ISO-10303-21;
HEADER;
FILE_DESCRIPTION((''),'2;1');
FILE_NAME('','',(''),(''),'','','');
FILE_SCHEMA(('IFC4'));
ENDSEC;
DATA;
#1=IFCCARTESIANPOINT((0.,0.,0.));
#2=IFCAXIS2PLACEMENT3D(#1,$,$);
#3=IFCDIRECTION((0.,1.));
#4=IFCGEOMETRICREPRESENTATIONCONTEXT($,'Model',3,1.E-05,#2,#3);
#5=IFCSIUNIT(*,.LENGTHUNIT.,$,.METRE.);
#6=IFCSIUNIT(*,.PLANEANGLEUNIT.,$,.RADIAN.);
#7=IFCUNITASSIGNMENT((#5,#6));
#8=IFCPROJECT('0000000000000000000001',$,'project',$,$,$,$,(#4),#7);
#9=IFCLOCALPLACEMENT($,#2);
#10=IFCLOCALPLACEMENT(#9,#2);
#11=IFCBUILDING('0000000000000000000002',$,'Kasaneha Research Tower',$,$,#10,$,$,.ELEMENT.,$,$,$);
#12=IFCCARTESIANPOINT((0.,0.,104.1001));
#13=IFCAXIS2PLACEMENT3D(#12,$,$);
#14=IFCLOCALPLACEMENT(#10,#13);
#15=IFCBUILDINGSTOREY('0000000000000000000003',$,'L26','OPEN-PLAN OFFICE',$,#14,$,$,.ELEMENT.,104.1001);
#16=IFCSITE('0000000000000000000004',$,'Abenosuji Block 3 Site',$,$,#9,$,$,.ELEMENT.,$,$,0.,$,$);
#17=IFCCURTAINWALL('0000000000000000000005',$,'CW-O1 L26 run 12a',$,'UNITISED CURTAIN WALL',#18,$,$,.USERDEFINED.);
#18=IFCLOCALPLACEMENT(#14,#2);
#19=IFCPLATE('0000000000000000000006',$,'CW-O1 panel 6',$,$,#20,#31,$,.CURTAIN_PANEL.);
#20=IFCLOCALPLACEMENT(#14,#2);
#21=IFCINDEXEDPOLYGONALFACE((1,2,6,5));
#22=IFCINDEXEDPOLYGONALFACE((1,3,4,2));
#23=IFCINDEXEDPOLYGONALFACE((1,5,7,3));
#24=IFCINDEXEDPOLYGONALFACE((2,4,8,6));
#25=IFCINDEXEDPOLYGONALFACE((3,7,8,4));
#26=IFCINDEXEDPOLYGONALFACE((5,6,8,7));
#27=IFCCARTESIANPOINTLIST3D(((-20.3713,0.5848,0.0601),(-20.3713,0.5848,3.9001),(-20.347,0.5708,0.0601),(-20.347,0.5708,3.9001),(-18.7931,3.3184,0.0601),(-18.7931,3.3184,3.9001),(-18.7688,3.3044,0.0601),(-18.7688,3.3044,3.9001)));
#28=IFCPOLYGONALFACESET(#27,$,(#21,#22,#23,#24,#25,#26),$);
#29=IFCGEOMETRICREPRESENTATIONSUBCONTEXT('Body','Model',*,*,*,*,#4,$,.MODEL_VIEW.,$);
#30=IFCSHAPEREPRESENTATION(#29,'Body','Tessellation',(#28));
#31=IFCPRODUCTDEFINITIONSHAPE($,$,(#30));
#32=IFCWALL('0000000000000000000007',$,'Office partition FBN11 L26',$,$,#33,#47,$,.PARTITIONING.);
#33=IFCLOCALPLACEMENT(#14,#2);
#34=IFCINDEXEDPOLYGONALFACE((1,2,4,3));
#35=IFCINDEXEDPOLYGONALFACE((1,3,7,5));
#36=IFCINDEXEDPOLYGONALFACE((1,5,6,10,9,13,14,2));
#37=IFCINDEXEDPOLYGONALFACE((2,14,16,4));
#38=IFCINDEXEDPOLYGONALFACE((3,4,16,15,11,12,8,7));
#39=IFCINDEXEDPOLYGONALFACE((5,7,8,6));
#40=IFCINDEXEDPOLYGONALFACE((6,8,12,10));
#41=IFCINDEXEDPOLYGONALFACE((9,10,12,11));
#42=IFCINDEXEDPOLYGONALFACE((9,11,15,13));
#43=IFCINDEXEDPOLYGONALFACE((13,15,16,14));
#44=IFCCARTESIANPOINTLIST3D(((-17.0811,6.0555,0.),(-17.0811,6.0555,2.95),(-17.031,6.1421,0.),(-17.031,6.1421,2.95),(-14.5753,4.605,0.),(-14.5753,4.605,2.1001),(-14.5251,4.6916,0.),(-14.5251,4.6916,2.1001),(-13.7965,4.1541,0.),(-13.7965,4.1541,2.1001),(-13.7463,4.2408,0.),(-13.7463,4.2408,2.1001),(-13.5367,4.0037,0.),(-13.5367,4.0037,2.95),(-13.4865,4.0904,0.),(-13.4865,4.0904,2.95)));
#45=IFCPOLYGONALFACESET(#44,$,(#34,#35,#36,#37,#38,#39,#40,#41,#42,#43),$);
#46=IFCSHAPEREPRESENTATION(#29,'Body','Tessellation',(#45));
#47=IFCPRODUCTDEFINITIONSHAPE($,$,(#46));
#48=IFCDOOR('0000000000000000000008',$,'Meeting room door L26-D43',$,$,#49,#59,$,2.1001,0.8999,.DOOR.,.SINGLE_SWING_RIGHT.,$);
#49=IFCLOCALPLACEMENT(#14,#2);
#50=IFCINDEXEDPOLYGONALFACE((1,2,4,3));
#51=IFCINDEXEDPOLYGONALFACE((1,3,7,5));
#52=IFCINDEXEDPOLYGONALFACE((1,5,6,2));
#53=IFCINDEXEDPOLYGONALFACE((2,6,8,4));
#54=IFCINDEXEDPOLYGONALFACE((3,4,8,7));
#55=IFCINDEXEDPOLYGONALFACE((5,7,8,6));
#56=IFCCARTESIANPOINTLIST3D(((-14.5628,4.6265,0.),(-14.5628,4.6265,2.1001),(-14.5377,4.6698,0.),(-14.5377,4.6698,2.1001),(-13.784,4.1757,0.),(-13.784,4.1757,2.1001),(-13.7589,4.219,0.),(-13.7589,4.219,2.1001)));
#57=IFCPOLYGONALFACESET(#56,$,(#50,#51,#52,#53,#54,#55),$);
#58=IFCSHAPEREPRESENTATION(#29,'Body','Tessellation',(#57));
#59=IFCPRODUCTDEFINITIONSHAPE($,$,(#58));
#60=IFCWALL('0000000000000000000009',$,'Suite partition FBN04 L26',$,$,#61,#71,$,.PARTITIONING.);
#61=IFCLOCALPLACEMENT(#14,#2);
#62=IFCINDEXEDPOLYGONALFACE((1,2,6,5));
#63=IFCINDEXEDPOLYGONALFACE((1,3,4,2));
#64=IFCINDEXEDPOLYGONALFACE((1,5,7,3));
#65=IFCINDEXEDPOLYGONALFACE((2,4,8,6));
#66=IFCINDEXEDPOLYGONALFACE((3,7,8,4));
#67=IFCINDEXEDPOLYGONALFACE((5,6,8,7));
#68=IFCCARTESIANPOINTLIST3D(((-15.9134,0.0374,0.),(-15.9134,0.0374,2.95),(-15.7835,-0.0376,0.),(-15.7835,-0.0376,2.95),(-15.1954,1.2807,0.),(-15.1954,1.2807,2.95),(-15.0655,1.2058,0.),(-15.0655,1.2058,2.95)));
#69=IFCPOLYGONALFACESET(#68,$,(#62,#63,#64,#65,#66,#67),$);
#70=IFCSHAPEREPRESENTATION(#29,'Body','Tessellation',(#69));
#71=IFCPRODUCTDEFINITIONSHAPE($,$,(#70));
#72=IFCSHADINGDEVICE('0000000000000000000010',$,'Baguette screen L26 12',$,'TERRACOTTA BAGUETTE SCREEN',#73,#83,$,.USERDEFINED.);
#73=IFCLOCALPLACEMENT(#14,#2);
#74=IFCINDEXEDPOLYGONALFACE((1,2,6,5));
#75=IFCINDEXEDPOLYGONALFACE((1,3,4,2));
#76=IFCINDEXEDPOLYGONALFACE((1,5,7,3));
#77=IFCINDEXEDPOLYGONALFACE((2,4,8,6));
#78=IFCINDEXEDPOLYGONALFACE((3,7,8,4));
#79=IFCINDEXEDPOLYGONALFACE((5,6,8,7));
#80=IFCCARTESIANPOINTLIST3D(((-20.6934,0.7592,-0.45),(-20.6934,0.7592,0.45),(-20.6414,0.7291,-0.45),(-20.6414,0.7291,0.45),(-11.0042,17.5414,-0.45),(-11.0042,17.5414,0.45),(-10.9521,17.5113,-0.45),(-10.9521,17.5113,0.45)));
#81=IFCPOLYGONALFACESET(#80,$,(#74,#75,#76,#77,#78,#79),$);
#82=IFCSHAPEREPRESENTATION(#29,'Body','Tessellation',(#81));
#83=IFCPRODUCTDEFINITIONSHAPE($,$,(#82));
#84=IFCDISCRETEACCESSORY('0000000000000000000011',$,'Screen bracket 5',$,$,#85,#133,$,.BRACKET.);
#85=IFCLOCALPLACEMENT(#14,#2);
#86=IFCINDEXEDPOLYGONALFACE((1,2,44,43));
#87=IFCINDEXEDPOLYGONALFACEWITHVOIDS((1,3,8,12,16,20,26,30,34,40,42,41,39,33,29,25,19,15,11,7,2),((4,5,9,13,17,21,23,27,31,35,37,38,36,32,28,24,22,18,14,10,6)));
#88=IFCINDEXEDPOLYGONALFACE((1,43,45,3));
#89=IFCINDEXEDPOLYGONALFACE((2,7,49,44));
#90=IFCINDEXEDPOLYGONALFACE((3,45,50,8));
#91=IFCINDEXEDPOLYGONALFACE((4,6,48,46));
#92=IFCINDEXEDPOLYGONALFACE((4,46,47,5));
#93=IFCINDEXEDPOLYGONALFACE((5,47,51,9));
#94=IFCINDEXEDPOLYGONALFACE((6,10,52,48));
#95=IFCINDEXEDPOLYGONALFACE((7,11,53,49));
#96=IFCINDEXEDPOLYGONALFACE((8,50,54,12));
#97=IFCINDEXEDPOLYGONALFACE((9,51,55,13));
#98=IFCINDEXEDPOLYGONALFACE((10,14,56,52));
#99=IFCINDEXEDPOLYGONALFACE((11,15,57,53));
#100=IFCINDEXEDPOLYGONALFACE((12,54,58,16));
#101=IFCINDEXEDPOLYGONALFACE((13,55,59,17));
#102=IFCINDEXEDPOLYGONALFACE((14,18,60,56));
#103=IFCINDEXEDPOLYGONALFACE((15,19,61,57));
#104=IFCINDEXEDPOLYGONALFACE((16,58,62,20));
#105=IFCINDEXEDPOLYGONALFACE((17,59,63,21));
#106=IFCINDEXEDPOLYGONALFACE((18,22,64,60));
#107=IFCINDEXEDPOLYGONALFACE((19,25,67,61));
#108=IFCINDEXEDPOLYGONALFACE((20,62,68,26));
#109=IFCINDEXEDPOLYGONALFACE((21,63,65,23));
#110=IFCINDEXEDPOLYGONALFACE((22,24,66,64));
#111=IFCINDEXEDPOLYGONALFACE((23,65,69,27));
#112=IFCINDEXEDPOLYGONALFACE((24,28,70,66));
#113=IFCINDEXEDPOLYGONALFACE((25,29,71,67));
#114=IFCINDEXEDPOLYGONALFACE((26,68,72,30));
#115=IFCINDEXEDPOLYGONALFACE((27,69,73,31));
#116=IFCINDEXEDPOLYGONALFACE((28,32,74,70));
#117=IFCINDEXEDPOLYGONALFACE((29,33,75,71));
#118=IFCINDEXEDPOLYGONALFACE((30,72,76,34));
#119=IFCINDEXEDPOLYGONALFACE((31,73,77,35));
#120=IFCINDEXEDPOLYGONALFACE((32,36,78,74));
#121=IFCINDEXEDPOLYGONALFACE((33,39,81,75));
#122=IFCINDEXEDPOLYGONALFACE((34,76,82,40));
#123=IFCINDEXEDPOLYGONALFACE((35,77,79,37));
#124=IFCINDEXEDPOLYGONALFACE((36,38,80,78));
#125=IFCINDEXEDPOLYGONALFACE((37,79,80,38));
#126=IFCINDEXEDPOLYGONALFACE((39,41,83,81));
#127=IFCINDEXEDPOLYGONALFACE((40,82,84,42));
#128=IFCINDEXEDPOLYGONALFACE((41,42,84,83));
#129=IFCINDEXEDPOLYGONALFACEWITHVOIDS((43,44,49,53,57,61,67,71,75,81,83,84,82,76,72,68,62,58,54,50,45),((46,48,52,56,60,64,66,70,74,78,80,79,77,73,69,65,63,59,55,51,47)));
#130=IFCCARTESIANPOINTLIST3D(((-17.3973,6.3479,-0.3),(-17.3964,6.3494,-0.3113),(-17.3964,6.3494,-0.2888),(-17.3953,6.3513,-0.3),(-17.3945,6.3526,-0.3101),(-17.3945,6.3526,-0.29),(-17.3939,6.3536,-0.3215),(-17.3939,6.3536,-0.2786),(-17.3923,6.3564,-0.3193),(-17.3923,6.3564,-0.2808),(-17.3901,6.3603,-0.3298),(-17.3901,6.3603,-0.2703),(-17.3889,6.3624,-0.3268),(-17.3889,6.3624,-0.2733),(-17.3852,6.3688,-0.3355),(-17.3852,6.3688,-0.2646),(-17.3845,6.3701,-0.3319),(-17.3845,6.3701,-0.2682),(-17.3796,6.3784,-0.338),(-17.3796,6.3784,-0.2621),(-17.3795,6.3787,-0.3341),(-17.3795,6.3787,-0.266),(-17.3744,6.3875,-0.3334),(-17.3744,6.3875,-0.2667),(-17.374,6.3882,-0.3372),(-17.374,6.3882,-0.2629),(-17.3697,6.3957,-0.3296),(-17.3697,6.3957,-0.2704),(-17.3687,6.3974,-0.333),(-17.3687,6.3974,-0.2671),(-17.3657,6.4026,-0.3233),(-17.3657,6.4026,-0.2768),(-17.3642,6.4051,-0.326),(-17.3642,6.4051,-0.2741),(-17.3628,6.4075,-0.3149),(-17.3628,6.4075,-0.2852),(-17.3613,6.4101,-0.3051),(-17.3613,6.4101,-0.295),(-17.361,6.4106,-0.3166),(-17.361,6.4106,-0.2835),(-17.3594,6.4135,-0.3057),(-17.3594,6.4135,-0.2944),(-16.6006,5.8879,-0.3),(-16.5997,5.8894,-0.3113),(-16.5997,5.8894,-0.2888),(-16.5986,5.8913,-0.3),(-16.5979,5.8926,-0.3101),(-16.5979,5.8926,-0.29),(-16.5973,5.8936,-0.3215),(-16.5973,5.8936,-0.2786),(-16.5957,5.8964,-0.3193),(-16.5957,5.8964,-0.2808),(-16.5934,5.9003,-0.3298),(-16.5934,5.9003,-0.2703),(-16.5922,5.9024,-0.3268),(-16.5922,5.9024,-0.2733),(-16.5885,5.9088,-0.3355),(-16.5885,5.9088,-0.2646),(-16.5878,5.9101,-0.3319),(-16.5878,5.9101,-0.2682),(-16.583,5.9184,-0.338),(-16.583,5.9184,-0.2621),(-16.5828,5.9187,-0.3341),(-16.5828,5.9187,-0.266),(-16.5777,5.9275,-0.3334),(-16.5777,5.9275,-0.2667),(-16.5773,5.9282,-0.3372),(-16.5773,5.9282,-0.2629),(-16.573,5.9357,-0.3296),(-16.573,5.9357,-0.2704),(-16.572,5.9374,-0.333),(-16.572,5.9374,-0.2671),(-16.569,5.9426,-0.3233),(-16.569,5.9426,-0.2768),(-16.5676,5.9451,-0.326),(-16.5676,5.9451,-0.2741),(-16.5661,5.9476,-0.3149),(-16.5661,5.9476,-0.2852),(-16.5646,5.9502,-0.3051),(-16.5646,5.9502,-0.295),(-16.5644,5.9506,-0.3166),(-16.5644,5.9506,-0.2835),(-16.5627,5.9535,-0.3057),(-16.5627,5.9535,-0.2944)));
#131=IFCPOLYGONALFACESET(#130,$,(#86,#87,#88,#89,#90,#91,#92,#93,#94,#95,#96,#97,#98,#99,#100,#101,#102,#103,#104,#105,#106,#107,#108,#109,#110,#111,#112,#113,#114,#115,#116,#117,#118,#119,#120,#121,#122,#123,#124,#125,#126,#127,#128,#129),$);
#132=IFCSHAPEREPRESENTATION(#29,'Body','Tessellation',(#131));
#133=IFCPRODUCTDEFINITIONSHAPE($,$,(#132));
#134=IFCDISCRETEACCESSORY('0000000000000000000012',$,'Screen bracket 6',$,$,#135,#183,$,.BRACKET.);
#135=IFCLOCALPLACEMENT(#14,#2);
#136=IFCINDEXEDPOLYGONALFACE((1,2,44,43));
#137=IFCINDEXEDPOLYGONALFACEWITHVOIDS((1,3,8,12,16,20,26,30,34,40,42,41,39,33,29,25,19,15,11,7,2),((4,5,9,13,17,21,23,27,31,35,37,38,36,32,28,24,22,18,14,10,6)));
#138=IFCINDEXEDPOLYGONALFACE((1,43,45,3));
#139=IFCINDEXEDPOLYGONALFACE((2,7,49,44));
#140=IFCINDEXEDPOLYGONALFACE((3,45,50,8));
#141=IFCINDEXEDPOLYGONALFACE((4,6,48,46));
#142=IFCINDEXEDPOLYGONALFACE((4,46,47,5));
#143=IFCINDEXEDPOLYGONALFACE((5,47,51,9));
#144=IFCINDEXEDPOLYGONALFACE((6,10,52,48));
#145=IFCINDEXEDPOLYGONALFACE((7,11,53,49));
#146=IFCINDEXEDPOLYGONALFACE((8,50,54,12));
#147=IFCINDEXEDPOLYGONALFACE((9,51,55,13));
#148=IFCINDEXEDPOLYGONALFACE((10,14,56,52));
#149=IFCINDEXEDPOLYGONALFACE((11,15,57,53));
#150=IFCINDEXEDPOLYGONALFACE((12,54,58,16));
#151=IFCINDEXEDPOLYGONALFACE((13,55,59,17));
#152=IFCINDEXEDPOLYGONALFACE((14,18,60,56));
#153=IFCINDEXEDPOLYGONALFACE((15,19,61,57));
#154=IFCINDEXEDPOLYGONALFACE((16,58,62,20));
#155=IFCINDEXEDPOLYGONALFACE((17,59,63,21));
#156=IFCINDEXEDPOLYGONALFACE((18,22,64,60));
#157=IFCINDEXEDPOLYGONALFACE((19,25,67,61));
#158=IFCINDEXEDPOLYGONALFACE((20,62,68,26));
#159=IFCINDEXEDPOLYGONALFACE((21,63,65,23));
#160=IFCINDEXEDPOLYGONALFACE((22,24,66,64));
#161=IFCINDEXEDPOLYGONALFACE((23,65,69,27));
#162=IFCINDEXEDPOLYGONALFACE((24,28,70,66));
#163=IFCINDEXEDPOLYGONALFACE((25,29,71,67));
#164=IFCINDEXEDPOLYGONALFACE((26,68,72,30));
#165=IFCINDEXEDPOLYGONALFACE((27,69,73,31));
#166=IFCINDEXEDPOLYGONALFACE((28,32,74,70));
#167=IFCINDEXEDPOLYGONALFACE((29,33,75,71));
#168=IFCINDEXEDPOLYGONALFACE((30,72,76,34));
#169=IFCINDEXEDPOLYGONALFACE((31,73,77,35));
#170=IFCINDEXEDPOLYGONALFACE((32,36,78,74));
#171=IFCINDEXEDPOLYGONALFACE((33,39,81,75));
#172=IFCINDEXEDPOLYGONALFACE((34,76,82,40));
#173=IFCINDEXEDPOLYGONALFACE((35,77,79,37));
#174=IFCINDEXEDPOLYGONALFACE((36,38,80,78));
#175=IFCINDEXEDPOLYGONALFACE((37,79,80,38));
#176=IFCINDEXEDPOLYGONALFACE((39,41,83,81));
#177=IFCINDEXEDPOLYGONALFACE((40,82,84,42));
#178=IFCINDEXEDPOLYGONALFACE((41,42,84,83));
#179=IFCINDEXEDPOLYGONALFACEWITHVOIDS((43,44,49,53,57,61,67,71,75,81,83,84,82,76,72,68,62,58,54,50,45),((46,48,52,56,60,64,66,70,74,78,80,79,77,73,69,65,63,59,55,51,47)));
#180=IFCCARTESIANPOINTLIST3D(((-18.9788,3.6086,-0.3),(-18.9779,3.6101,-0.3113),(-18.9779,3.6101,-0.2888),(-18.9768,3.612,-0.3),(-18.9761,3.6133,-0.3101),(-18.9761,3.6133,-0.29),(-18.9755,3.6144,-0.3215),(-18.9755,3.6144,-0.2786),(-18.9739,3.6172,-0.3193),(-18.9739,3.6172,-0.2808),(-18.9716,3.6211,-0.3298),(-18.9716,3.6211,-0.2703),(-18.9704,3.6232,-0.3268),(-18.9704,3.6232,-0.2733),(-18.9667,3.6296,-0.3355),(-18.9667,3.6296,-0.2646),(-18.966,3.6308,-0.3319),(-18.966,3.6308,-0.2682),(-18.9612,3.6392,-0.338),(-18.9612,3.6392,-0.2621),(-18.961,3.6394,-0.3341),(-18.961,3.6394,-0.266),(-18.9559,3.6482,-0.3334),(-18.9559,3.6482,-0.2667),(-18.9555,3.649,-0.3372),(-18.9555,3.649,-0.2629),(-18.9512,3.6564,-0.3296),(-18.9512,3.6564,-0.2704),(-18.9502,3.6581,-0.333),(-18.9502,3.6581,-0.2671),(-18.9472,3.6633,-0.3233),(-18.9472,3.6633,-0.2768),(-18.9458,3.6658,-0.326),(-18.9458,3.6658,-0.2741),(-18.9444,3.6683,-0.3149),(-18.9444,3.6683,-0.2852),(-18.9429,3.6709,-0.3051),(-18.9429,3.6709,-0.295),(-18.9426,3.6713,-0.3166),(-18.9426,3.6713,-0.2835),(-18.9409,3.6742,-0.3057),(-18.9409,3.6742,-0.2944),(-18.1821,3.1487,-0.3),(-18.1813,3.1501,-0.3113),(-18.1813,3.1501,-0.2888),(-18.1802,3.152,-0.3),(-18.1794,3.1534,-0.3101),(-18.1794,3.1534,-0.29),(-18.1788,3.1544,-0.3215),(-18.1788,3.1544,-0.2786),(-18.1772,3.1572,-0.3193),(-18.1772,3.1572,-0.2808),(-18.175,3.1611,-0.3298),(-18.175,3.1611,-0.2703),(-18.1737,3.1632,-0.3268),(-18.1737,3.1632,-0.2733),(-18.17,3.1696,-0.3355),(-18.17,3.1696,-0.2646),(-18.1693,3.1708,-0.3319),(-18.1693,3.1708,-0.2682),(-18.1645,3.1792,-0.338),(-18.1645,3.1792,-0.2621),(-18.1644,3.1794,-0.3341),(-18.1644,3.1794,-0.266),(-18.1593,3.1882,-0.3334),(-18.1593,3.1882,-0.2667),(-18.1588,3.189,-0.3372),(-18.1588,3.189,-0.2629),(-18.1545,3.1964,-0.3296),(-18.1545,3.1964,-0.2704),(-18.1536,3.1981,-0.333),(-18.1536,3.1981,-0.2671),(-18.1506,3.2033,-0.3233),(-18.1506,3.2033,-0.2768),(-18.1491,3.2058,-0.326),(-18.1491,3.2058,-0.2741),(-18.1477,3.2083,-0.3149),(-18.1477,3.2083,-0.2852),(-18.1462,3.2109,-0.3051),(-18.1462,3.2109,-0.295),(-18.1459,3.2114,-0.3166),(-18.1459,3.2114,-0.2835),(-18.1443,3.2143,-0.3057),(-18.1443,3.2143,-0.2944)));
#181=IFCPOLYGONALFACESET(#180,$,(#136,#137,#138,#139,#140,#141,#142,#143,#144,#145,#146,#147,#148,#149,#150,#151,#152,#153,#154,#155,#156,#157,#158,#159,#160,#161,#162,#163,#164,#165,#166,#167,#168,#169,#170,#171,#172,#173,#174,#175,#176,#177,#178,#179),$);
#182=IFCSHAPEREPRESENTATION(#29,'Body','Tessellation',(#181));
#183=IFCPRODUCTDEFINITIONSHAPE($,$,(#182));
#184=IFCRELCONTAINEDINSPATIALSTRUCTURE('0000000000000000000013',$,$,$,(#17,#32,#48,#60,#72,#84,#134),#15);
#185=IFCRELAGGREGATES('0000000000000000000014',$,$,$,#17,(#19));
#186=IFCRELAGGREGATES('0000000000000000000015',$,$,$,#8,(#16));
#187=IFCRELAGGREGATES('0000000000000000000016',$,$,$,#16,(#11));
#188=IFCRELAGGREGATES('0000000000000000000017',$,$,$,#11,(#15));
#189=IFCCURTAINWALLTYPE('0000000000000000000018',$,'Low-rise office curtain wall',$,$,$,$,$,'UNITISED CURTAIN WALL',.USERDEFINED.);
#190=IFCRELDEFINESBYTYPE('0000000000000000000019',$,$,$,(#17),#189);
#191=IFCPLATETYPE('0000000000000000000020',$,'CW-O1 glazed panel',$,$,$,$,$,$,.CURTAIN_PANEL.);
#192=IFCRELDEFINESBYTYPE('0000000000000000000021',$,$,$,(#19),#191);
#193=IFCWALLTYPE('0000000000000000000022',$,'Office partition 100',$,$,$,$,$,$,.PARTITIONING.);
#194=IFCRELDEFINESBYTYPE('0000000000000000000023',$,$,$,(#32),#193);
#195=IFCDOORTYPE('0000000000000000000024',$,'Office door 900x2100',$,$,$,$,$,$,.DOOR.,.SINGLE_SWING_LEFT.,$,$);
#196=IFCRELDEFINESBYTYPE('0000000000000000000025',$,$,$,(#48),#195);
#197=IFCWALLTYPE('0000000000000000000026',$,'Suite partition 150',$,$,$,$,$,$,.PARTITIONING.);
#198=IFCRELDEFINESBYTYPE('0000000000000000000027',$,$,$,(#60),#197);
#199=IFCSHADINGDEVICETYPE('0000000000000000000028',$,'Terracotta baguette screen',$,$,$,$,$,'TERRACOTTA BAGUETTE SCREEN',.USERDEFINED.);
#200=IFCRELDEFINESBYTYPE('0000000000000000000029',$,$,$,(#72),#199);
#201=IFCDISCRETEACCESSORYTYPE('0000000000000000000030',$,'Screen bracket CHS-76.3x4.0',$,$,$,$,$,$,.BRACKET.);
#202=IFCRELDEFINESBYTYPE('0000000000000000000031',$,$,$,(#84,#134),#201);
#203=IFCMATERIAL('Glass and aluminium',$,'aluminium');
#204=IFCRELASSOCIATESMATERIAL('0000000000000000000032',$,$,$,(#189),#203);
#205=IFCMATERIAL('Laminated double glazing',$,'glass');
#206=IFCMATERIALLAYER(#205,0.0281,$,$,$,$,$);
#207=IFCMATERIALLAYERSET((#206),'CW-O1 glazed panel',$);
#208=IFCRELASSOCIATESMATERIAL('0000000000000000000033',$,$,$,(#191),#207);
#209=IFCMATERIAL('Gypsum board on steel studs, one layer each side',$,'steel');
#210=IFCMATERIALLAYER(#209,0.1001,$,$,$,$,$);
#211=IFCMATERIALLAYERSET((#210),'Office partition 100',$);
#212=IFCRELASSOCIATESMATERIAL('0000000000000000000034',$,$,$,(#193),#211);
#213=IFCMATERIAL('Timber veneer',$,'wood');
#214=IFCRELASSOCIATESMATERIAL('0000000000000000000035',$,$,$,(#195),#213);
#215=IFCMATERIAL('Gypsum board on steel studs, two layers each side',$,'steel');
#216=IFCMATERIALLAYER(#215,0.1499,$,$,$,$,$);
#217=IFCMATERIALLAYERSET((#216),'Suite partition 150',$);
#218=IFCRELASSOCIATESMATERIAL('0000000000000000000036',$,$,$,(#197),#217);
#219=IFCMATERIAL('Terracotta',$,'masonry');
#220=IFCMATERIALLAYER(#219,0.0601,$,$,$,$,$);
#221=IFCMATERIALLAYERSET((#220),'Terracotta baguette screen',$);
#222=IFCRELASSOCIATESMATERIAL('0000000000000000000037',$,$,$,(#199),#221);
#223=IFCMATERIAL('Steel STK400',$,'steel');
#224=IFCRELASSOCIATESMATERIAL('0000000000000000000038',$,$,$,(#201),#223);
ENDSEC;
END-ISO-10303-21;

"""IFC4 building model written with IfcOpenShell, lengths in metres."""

from ifc_helpers import new_model, si_unit, direction, frame, frame_2d, origin, origin_2d, place, context, subcontext, project, spatial, rectangle, hollow_circle, extrude, material, layer, layer_set, material_profile, profile_set, type_object, element, fill, aggregate, save


model = new_model("IFC4")

# Units and contexts
model_context = context("Model", 3, precision=1e-05, world=origin(), true_north=direction((0.0, 1.0)))
body_context = subcontext(model_context, "Body", "Model", "MODEL_VIEW")
ifc_project = project(units=[si_unit("LENGTHUNIT", "METRE"), si_unit("PLANEANGLEUNIT", "RADIAN")], contexts=[model_context])

# Site, building, storey
site_placement = place(None, origin())
site = spatial("IfcSite", under=ifc_project, at=site_placement, Name="Abenosuji Block 3 Site", CompositionType="ELEMENT", RefElevation=0.0)
building_placement = place(site_placement, origin())
building = spatial("IfcBuilding", under=site, at=building_placement, Name="Kasaneha Research Tower", CompositionType="ELEMENT")
storey_placement = place(building_placement, frame((0.0, 0.0, 104.1001)))
storey = spatial("IfcBuildingStorey", under=building, at=storey_placement, Name="L26", Description="OPEN-PLAN OFFICE", CompositionType="ELEMENT", Elevation=104.1001)

# Curtain wall
ifc_material_1 = material(Name="Glass and aluminium", Category="aluminium")
curtain_wall_type = type_object("IfcCurtainWallType", Name="Low-rise office curtain wall", ElementType="UNITISED CURTAIN WALL", PredefinedType="USERDEFINED", material=ifc_material_1)
curtain_wall_1_placement = place(storey_placement, origin())
curtain_wall_1 = element("IfcCurtainWall", 1, at=curtain_wall_1_placement, inside=storey, type_object=curtain_wall_type, Name="CW-O1 L26 run 12a", ObjectType="UNITISED CURTAIN WALL", PredefinedType="USERDEFINED")

# Plate
ifc_material_2 = material(Name="Laminated double glazing", Category="glass")
ifc_layer_1 = layer(ifc_material_2, 0.0281)
ifc_layer_set_1 = layer_set([ifc_layer_1], Name="CW-O1 glazed panel")
plate_type = type_object("IfcPlateType", Name="CW-O1 glazed panel", PredefinedType="CURTAIN_PANEL", material=ifc_layer_set_1)
plate_1_placement = place(storey_placement, frame((-19.5701, 1.9446, 0.0601), z_axis=(0.0, 0.0, 1.0), x_axis=(-0.5, -0.866025, 0.0)))
plate_1 = element("IfcPlate", 2, at=plate_1_placement, type_object=plate_type, Name="CW-O1 panel 6", PredefinedType="CURTAIN_PANEL", context=body_context, shape_type="SweptSolid", body=[
    extrude(rectangle(XDim=3.1565, YDim=0.0281, at=origin_2d()), origin(), (0.0, 0.0, 1.0), 3.8401),
])
aggregate(curtain_wall_1, [plate_1])

# Wall, opening, door
ifc_material_3 = material(Name="Gypsum board on steel studs, one layer each side", Category="steel")
ifc_layer_2 = layer(ifc_material_3, 0.1001)
ifc_layer_set_2 = layer_set([ifc_layer_2], Name="Office partition 100")
wall_type_1 = type_object("IfcWallType", Name="Office partition 100", PredefinedType="PARTITIONING", material=ifc_layer_set_2)
wall_1_placement = place(storey_placement, frame((-17.0562, 6.0989, 0.0), z_axis=(0.0, 0.0, 1.0), x_axis=(0.865456, -0.500985, 0.0)))
wall_1 = element("IfcWall", 3, at=wall_1_placement, inside=storey, type_object=wall_type_1, Name="Office partition FBN11 L26", PredefinedType="PARTITIONING", context=body_context, shape_type="SweptSolid", body=[
    extrude(rectangle(XDim=4.0955, YDim=0.1001, at=frame_2d((2.0479, 0.0))), origin(), (0.0, 0.0, 1.0), 2.95),
])
opening_placement = place(wall_1_placement, frame((2.8955, 0.0, 0.0)))
opening = element("IfcOpeningElement", 4, at=opening_placement, cuts=wall_1, PredefinedType="OPENING", context=body_context, shape_type="SweptSolid", body=[
    extrude(rectangle(XDim=0.8999, YDim=2.1001, at=frame_2d((0.45, 1.05))), frame((0.0, 0.0601, 0.0), z_axis=(0.0, -1.0, 0.0), x_axis=(1.0, 0.0, 0.0)), (0.0, 0.0, 1.0), 0.1201),
])
ifc_material_4 = material(Name="Timber veneer", Category="wood")
door_type = type_object("IfcDoorType", Name="Office door 900x2100", OperationType="SINGLE_SWING_LEFT", PredefinedType="DOOR", material=ifc_material_4)
door_placement = place(opening_placement, origin())
door = element("IfcDoor", 5, at=door_placement, inside=storey, type_object=door_type, Name="Meeting room door L26-D43", OperationType="SINGLE_SWING_RIGHT", OverallHeight=2.1001, OverallWidth=0.8999, PredefinedType="DOOR", context=body_context, shape_type="SweptSolid", body=[
    extrude(rectangle(XDim=0.8999, YDim=2.1001, at=frame_2d((0.45, 1.05))), frame((0.0, 0.0249, 0.0), z_axis=(0.0, -1.0, 0.0), x_axis=(1.0, 0.0, 0.0)), (0.0, 0.0, 1.0), 0.05),
])
fill(opening, door)

# Wall
ifc_material_5 = material(Name="Gypsum board on steel studs, two layers each side", Category="steel")
ifc_layer_3 = layer(ifc_material_5, 0.1499)
ifc_layer_set_3 = layer_set([ifc_layer_3], Name="Suite partition 150")
wall_type_2 = type_object("IfcWallType", Name="Suite partition 150", PredefinedType="PARTITIONING", material=ifc_layer_set_3)
wall_2_placement = place(storey_placement, frame((-15.8484, 0.0, 0.0), z_axis=(0.0, 0.0, 1.0), x_axis=(0.500071, 0.865985, 0.0)))
element("IfcWall", 6, at=wall_2_placement, inside=storey, type_object=wall_type_2, Name="Suite partition FBN04 L26", PredefinedType="PARTITIONING", context=body_context, shape_type="SweptSolid", body=[
    extrude(rectangle(XDim=1.4358, YDim=0.1499, at=frame_2d((0.7178, 0.0))), origin(), (0.0, 0.0, 1.0), 2.95),
])

# Shading device
ifc_material_6 = material(Name="Terracotta", Category="masonry")
ifc_layer_4 = layer(ifc_material_6, 0.0601)
ifc_layer_set_4 = layer_set([ifc_layer_4], Name="Terracotta baguette screen")
shading_device_type = type_object("IfcShadingDeviceType", Name="Terracotta baguette screen", ElementType="TERRACOTTA BAGUETTE SCREEN", PredefinedType="USERDEFINED", material=ifc_layer_set_4)
shading_device_placement = place(storey_placement, frame((-15.8228, 9.1353, -0.45), z_axis=(0.0, 0.0, 1.0), x_axis=(-0.5, -0.866025, 0.0)))
element("IfcShadingDevice", 7, at=shading_device_placement, inside=storey, type_object=shading_device_type, Name="Baguette screen L26 12", ObjectType="TERRACOTTA BAGUETTE SCREEN", PredefinedType="USERDEFINED", context=body_context, shape_type="SweptSolid", body=[
    extrude(rectangle(XDim=19.3784, YDim=0.0601, at=origin_2d()), origin(), (0.0, 0.0, 1.0), 0.8999),
])

# Discrete accessories
ifc_material_7 = material(Name="Steel STK400", Category="steel")
ifc_material_profile_1 = material_profile(ifc_material_7, hollow_circle(Radius=0.0381, WallThickness=0.0039, at=origin_2d()), Name="CHS-76.3x4.0")
ifc_profile_set_1 = profile_set([ifc_material_profile_1], Name="Steel STK400")
discrete_accessory_type = type_object("IfcDiscreteAccessoryType", Name="Screen bracket CHS-76.3x4.0", PredefinedType="BRACKET", material=ifc_profile_set_1)
for number, where, z_axis, x_axis, name in (
    (8, (-16.5815, 5.9209, -0.3), (-0.866013, 0.500021, 0.0), (-0.500021, -0.866013, 0.0), "Screen bracket 5"),
    (9, (-18.1631, 3.1816, -0.3), (-0.866013, 0.500021, 0.0), (-0.500021, -0.866013, 0.0), "Screen bracket 6"),
):
    element("IfcDiscreteAccessory", number, at=place(storey_placement, frame(where, z_axis=z_axis, x_axis=x_axis)), inside=storey, type_object=discrete_accessory_type, Name=name, PredefinedType="BRACKET", context=body_context, shape_type="SweptSolid", body=[
        extrude(hollow_circle(Radius=0.0381, WallThickness=0.0039, at=origin_2d()), origin(), (0.0, 0.0, 1.0), 0.9199),
    ])

save(model, "model.ifc")
